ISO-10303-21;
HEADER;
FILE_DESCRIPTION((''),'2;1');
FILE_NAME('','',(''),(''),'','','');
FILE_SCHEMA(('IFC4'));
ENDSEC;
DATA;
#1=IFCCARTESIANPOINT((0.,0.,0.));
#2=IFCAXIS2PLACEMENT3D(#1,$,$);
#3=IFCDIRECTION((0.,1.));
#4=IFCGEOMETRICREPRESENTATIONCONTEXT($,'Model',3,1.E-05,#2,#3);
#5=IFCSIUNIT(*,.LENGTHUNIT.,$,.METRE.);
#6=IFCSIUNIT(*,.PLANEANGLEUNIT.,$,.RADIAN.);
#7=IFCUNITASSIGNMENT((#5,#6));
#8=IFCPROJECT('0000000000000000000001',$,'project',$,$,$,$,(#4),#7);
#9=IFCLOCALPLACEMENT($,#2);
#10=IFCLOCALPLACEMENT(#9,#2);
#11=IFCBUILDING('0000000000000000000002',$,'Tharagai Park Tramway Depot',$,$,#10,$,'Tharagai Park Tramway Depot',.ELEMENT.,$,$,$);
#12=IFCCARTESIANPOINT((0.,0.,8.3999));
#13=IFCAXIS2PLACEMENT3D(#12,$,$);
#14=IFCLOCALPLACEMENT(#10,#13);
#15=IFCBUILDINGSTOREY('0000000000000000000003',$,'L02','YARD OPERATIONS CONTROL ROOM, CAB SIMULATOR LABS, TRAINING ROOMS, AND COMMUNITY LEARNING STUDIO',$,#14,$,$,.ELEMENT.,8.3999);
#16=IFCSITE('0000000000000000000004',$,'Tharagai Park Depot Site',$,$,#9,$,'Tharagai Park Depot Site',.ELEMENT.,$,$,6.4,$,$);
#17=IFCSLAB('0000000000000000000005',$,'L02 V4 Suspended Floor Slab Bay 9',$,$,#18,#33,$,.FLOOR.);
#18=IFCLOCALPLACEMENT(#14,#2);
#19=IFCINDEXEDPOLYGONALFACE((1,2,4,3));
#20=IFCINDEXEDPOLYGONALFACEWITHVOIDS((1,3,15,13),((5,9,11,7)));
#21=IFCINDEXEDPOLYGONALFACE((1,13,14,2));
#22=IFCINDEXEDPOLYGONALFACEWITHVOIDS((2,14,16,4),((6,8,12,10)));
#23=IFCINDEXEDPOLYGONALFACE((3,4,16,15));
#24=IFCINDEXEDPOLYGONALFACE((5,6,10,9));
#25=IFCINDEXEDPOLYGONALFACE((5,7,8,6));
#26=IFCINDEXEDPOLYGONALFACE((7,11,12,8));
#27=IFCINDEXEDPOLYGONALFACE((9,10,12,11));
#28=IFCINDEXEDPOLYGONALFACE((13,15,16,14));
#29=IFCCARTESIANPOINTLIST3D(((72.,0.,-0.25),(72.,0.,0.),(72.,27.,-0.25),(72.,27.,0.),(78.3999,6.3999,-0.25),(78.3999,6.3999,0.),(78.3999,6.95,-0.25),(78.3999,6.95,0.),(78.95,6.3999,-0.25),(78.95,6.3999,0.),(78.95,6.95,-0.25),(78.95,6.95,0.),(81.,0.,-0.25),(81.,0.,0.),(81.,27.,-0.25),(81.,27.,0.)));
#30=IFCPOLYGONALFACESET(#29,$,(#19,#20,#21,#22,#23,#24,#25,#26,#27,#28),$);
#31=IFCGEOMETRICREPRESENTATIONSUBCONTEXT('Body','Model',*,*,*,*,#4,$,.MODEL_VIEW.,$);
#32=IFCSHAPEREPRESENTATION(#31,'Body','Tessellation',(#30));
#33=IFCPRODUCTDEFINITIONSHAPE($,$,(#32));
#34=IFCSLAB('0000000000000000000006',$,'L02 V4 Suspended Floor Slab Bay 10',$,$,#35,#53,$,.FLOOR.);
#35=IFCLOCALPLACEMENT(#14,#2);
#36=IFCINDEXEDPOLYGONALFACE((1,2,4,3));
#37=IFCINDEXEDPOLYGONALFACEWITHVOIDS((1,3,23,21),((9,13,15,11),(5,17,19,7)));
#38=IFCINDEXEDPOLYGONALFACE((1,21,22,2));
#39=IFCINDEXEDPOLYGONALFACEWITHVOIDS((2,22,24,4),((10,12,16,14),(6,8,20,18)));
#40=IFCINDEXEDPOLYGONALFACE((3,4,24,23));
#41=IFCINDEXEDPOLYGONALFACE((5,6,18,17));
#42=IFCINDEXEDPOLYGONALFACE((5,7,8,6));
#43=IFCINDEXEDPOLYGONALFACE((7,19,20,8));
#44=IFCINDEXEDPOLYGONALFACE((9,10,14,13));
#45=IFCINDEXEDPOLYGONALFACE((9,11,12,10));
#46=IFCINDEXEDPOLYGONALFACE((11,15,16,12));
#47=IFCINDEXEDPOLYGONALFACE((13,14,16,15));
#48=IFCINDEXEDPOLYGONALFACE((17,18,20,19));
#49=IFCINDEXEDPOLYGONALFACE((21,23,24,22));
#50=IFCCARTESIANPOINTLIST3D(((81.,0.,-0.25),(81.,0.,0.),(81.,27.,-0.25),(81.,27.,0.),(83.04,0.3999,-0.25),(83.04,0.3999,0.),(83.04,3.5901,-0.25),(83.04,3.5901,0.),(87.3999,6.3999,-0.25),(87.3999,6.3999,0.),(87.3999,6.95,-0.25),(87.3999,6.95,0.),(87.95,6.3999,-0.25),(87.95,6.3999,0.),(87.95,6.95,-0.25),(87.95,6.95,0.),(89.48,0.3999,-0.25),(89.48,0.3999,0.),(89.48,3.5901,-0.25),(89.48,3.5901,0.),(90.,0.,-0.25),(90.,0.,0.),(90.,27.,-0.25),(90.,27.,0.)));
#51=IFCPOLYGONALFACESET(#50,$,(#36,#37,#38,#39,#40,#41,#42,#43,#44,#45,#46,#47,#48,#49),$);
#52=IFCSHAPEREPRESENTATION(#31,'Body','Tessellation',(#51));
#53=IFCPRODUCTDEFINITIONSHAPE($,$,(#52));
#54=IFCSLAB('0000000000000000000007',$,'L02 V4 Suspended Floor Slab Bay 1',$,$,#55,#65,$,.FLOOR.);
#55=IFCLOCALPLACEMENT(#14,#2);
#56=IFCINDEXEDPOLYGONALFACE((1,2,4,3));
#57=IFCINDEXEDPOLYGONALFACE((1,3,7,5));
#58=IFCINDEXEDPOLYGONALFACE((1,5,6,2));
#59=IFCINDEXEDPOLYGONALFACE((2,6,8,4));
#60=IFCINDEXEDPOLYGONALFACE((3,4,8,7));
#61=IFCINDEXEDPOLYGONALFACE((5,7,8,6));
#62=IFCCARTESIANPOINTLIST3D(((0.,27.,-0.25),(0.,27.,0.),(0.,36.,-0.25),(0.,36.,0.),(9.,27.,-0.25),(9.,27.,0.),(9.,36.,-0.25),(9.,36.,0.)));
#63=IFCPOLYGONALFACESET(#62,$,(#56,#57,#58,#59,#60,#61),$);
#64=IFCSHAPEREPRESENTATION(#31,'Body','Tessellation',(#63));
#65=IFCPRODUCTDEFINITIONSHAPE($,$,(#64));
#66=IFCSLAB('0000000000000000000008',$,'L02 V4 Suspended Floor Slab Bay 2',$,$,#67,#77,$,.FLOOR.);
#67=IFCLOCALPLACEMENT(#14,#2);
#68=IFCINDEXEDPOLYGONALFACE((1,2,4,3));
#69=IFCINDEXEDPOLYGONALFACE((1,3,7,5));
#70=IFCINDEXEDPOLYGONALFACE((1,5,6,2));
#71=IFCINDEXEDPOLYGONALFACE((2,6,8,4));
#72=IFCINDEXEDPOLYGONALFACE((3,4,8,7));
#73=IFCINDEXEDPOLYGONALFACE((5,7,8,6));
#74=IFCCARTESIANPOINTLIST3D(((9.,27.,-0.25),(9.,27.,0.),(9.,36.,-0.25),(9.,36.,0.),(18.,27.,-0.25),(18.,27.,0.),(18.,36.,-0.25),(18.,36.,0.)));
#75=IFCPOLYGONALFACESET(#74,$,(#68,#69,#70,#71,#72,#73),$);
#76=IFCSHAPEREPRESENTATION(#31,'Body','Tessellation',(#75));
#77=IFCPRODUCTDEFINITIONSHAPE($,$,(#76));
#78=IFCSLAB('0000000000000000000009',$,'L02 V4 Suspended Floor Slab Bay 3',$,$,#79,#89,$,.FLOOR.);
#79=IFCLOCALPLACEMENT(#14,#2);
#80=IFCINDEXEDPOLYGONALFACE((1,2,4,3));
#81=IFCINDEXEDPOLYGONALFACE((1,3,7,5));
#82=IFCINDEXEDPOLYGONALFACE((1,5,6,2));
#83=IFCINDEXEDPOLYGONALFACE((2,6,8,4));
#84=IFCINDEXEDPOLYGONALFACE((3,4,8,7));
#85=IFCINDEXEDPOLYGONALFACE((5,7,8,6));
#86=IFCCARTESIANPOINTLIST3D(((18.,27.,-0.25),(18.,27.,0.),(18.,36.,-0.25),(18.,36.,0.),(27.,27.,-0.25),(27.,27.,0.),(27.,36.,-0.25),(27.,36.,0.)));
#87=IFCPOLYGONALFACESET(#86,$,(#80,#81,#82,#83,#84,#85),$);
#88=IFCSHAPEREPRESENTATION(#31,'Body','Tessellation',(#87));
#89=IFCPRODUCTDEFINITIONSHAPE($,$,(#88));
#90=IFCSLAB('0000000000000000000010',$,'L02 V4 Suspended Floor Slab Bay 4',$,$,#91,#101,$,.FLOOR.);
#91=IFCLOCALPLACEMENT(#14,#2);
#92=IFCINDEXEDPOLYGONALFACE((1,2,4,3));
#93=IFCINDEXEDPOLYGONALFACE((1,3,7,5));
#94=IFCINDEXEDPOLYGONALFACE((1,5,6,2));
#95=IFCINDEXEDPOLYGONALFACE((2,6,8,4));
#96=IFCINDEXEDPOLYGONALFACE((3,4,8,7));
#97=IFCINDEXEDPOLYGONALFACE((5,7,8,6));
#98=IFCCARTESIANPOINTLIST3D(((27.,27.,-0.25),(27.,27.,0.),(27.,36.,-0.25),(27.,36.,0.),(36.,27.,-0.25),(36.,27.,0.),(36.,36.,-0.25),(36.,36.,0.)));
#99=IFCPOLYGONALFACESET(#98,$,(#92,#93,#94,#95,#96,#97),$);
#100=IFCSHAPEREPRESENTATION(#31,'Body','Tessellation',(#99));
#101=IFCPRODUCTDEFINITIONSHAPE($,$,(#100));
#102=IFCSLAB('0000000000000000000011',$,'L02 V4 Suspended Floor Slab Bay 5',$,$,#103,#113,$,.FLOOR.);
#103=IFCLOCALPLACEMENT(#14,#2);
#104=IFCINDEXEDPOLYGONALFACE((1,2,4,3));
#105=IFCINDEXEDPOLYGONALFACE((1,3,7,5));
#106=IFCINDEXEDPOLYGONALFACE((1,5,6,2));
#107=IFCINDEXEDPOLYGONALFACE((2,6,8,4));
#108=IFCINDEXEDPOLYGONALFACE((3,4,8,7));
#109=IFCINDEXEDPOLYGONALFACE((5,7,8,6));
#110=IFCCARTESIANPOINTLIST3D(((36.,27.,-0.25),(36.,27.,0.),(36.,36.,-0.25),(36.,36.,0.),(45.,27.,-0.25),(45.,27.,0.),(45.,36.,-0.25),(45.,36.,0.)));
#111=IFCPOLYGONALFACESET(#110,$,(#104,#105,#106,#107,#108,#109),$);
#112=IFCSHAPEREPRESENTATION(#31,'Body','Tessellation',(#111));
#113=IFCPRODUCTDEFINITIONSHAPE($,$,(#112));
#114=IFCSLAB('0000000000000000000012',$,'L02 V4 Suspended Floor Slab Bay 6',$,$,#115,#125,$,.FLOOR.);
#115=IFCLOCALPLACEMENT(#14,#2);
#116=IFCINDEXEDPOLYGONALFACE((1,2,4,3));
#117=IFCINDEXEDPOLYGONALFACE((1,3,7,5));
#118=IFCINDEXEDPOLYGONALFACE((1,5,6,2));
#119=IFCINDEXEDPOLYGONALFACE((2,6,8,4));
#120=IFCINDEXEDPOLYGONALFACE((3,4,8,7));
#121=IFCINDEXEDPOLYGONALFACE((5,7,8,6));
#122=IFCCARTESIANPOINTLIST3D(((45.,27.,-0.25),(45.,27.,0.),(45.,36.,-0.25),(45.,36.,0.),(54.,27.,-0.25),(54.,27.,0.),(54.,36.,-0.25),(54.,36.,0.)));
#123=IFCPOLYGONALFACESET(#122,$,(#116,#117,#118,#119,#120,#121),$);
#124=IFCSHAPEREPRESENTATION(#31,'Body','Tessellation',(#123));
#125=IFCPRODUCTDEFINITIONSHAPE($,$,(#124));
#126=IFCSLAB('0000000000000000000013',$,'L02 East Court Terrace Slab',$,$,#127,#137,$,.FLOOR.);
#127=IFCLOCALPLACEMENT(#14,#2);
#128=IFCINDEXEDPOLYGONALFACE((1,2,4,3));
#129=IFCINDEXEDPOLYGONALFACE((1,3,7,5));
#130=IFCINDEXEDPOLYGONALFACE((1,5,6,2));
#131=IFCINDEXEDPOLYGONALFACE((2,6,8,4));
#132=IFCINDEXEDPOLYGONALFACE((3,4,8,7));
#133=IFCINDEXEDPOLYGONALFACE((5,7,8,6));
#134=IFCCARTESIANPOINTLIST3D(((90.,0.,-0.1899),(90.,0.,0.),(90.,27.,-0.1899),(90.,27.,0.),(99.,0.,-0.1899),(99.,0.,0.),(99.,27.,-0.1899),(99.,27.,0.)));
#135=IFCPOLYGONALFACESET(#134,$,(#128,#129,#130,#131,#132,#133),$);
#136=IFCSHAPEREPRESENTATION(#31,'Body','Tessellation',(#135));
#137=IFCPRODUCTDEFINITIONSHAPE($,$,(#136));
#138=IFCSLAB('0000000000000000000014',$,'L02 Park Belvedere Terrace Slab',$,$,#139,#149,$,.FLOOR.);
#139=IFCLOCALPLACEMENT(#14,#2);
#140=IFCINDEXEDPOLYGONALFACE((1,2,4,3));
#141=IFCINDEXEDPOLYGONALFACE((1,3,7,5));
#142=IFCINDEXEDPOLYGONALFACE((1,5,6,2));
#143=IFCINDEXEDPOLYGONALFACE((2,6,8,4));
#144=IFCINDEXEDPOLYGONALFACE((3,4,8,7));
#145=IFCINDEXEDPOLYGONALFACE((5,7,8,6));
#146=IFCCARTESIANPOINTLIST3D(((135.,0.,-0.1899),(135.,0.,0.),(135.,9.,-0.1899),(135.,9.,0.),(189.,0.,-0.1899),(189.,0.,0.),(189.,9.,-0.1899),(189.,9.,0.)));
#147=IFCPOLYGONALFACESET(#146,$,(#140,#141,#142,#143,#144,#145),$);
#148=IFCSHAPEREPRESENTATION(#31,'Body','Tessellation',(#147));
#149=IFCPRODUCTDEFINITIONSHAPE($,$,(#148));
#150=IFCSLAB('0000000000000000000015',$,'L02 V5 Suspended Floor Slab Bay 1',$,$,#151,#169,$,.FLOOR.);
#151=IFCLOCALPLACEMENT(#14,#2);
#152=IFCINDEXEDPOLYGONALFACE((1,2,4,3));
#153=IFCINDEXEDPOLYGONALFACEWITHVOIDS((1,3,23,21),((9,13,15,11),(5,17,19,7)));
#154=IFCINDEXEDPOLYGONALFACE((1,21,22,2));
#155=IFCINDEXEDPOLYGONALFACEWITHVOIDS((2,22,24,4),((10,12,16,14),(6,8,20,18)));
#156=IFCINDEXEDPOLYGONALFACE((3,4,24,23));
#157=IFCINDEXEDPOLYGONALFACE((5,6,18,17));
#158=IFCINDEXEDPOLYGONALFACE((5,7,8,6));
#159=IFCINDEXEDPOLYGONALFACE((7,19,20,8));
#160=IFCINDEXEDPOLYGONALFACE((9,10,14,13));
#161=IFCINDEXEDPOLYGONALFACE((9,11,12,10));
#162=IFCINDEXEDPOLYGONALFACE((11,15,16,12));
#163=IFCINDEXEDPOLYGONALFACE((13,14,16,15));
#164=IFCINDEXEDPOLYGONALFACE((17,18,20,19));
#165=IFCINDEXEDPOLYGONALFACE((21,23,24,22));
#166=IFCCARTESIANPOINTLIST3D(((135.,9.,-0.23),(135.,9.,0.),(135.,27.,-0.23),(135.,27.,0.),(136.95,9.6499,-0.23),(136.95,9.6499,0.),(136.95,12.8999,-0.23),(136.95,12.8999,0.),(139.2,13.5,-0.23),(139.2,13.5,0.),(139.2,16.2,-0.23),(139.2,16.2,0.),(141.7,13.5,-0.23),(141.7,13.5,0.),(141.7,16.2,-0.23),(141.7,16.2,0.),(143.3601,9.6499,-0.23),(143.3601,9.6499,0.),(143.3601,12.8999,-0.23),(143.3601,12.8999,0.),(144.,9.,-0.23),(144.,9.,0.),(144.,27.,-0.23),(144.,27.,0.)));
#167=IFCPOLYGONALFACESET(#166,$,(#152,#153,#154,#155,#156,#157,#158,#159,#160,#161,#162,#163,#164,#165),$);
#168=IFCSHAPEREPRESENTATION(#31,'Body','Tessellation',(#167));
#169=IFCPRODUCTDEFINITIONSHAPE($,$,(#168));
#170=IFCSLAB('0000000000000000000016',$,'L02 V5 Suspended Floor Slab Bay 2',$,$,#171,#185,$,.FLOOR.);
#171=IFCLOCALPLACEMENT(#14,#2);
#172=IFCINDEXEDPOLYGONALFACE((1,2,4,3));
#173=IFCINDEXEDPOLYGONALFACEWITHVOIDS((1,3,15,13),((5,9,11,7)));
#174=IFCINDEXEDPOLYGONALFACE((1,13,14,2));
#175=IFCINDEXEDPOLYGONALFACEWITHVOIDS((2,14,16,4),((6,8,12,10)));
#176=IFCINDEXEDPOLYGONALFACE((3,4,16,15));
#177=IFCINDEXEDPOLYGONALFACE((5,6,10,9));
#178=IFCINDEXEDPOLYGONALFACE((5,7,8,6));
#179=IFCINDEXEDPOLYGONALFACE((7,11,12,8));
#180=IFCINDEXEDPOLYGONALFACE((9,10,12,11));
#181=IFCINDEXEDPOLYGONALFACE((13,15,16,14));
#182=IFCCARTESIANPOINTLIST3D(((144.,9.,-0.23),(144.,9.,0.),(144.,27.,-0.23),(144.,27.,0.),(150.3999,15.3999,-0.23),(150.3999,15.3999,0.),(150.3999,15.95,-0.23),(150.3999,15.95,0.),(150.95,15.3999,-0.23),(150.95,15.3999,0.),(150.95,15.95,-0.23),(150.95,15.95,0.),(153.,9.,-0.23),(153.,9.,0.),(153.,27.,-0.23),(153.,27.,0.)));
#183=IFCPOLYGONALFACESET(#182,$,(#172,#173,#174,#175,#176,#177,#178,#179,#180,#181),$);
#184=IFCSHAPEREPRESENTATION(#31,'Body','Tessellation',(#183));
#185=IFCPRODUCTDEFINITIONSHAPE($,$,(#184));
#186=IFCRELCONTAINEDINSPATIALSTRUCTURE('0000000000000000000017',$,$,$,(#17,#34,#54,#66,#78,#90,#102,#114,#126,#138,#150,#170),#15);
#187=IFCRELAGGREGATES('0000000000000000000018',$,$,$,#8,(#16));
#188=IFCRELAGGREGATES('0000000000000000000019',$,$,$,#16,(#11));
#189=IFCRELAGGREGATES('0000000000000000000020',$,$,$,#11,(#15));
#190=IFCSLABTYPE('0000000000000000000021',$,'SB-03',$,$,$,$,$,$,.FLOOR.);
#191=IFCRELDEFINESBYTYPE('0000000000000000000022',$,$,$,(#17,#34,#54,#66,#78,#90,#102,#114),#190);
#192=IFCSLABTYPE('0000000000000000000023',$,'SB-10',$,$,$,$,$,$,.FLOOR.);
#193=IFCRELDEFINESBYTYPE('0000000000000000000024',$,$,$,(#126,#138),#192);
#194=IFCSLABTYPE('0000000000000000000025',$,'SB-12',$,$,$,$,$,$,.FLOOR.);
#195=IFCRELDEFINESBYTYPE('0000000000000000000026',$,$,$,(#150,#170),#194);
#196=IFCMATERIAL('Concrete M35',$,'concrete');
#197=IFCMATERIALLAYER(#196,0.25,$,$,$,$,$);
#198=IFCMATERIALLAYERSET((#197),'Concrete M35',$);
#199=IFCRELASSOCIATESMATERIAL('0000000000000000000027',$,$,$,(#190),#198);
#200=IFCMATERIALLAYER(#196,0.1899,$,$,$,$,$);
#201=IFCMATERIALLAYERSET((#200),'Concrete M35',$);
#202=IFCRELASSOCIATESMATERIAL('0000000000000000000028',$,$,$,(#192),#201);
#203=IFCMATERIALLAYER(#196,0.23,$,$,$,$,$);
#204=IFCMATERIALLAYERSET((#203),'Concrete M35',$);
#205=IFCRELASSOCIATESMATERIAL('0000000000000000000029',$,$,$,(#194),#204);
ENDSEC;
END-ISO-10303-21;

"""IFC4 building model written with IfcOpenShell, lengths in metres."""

from ifc_helpers import new_model, si_unit, direction, frame, origin, place, context, subcontext, project, spatial, polyline, outline, extrude, material, layer, layer_set, type_object, element, save


model = new_model("IFC4")

# Units and contexts
model_context = context("Model", 3, precision=1e-05, world=origin(), true_north=direction((0.0, 1.0)))
body_context = subcontext(model_context, "Body", "Model", "MODEL_VIEW")
ifc_project = project(units=[si_unit("LENGTHUNIT", "METRE"), si_unit("PLANEANGLEUNIT", "RADIAN")], contexts=[model_context])

# Site, building, storey
site_placement = place(None, origin())
site = spatial("IfcSite", under=ifc_project, at=site_placement, Name="Tharagai Park Depot Site", LongName="Tharagai Park Depot Site", CompositionType="ELEMENT", RefElevation=6.4)
building_placement = place(site_placement, origin())
building = spatial("IfcBuilding", under=site, at=building_placement, Name="Tharagai Park Tramway Depot", LongName="Tharagai Park Tramway Depot", CompositionType="ELEMENT")
storey_placement = place(building_placement, frame((0.0, 0.0, 8.3999)))
storey = spatial("IfcBuildingStorey", under=building, at=storey_placement, Name="L02", Description="YARD OPERATIONS CONTROL ROOM, CAB SIMULATOR LABS, TRAINING ROOMS, AND COMMUNITY LEARNING STUDIO", CompositionType="ELEMENT", Elevation=8.3999)

# Slabs
ifc_material_1 = material(Name="Concrete M35", Category="concrete")
ifc_layer_1 = layer(ifc_material_1, 0.25)
ifc_layer_set_1 = layer_set([ifc_layer_1], Name="Concrete M35")
slab_type_1 = type_object("IfcSlabType", Name="SB-03", PredefinedType="FLOOR", material=ifc_layer_set_1)
slab_1_placement = place(storey_placement, frame((0.0, 0.0, -0.25)))
element("IfcSlab", 1, at=slab_1_placement, inside=storey, type_object=slab_type_1, Name="L02 V4 Suspended Floor Slab Bay 9", PredefinedType="FLOOR", context=body_context, shape_type="SweptSolid", body=[
    extrude(outline(polyline([(72.0, 0.0), (81.0, 0.0), (81.0, 27.0), (72.0, 27.0), (72.0, 0.0)]), holes=[polyline([(78.3999, 6.3999), (78.95, 6.3999), (78.95, 6.95), (78.3999, 6.95), (78.3999, 6.3999)])]), origin(), (0.0, 0.0, 1.0), 0.25),
])
slab_2_placement = place(storey_placement, frame((0.0, 0.0, -0.25)))
element("IfcSlab", 2, at=slab_2_placement, inside=storey, type_object=slab_type_1, Name="L02 V4 Suspended Floor Slab Bay 10", PredefinedType="FLOOR", context=body_context, shape_type="SweptSolid", body=[
    extrude(outline(polyline([(81.0, 0.0), (90.0, 0.0), (90.0, 27.0), (81.0, 27.0), (81.0, 0.0)]), holes=[polyline([(83.04, 0.3999), (89.48, 0.3999), (89.48, 3.5901), (83.04, 3.5901), (83.04, 0.3999)]), polyline([(87.3999, 6.3999), (87.95, 6.3999), (87.95, 6.95), (87.3999, 6.95), (87.3999, 6.3999)])]), origin(), (0.0, 0.0, 1.0), 0.25),
])
slab_3_placement = place(storey_placement, frame((0.0, 0.0, -0.25)))
element("IfcSlab", 3, at=slab_3_placement, inside=storey, type_object=slab_type_1, Name="L02 V4 Suspended Floor Slab Bay 1", PredefinedType="FLOOR", context=body_context, shape_type="SweptSolid", body=[
    extrude(outline(polyline([(0.0, 27.0), (9.0, 27.0), (9.0, 36.0), (0.0, 36.0), (0.0, 27.0)])), origin(), (0.0, 0.0, 1.0), 0.25),
])
slab_4_placement = place(storey_placement, frame((0.0, 0.0, -0.25)))
element("IfcSlab", 4, at=slab_4_placement, inside=storey, type_object=slab_type_1, Name="L02 V4 Suspended Floor Slab Bay 2", PredefinedType="FLOOR", context=body_context, shape_type="SweptSolid", body=[
    extrude(outline(polyline([(9.0, 27.0), (18.0, 27.0), (18.0, 36.0), (9.0, 36.0), (9.0, 27.0)])), origin(), (0.0, 0.0, 1.0), 0.25),
])
slab_5_placement = place(storey_placement, frame((0.0, 0.0, -0.25)))
element("IfcSlab", 5, at=slab_5_placement, inside=storey, type_object=slab_type_1, Name="L02 V4 Suspended Floor Slab Bay 3", PredefinedType="FLOOR", context=body_context, shape_type="SweptSolid", body=[
    extrude(outline(polyline([(18.0, 27.0), (27.0, 27.0), (27.0, 36.0), (18.0, 36.0), (18.0, 27.0)])), origin(), (0.0, 0.0, 1.0), 0.25),
])
slab_6_placement = place(storey_placement, frame((0.0, 0.0, -0.25)))
element("IfcSlab", 6, at=slab_6_placement, inside=storey, type_object=slab_type_1, Name="L02 V4 Suspended Floor Slab Bay 4", PredefinedType="FLOOR", context=body_context, shape_type="SweptSolid", body=[
    extrude(outline(polyline([(27.0, 27.0), (36.0, 27.0), (36.0, 36.0), (27.0, 36.0), (27.0, 27.0)])), origin(), (0.0, 0.0, 1.0), 0.25),
])
slab_7_placement = place(storey_placement, frame((0.0, 0.0, -0.25)))
element("IfcSlab", 7, at=slab_7_placement, inside=storey, type_object=slab_type_1, Name="L02 V4 Suspended Floor Slab Bay 5", PredefinedType="FLOOR", context=body_context, shape_type="SweptSolid", body=[
    extrude(outline(polyline([(36.0, 27.0), (45.0, 27.0), (45.0, 36.0), (36.0, 36.0), (36.0, 27.0)])), origin(), (0.0, 0.0, 1.0), 0.25),
])
slab_8_placement = place(storey_placement, frame((0.0, 0.0, -0.25)))
element("IfcSlab", 8, at=slab_8_placement, inside=storey, type_object=slab_type_1, Name="L02 V4 Suspended Floor Slab Bay 6", PredefinedType="FLOOR", context=body_context, shape_type="SweptSolid", body=[
    extrude(outline(polyline([(45.0, 27.0), (54.0, 27.0), (54.0, 36.0), (45.0, 36.0), (45.0, 27.0)])), origin(), (0.0, 0.0, 1.0), 0.25),
])
ifc_layer_2 = layer(ifc_material_1, 0.1899)
ifc_layer_set_2 = layer_set([ifc_layer_2], Name="Concrete M35")
slab_type_2 = type_object("IfcSlabType", Name="SB-10", PredefinedType="FLOOR", material=ifc_layer_set_2)
slab_9_placement = place(storey_placement, frame((0.0, 0.0, -0.1899)))
element("IfcSlab", 9, at=slab_9_placement, inside=storey, type_object=slab_type_2, Name="L02 East Court Terrace Slab", PredefinedType="FLOOR", context=body_context, shape_type="SweptSolid", body=[
    extrude(outline(polyline([(90.0, 0.0), (99.0, 0.0), (99.0, 27.0), (90.0, 27.0), (90.0, 0.0)])), origin(), (0.0, 0.0, 1.0), 0.1899),
])
slab_10_placement = place(storey_placement, frame((0.0, 0.0, -0.1899)))
element("IfcSlab", 10, at=slab_10_placement, inside=storey, type_object=slab_type_2, Name="L02 Park Belvedere Terrace Slab", PredefinedType="FLOOR", context=body_context, shape_type="SweptSolid", body=[
    extrude(outline(polyline([(135.0, 0.0), (189.0, 0.0), (189.0, 9.0), (135.0, 9.0), (135.0, 0.0)])), origin(), (0.0, 0.0, 1.0), 0.1899),
])
ifc_layer_3 = layer(ifc_material_1, 0.23)
ifc_layer_set_3 = layer_set([ifc_layer_3], Name="Concrete M35")
slab_type_3 = type_object("IfcSlabType", Name="SB-12", PredefinedType="FLOOR", material=ifc_layer_set_3)
slab_11_placement = place(storey_placement, frame((0.0, 0.0, -0.23)))
element("IfcSlab", 11, at=slab_11_placement, inside=storey, type_object=slab_type_3, Name="L02 V5 Suspended Floor Slab Bay 1", PredefinedType="FLOOR", context=body_context, shape_type="SweptSolid", body=[
    extrude(outline(polyline([(135.0, 9.0), (144.0, 9.0), (144.0, 27.0), (135.0, 27.0), (135.0, 9.0)]), holes=[polyline([(136.95, 9.6499), (143.3601, 9.6499), (143.3601, 12.8999), (136.95, 12.8999), (136.95, 9.6499)]), polyline([(139.2, 13.5), (141.7, 13.5), (141.7, 16.2), (139.2, 16.2), (139.2, 13.5)])]), origin(), (0.0, 0.0, 1.0), 0.23),
])
slab_12_placement = place(storey_placement, frame((0.0, 0.0, -0.23)))
element("IfcSlab", 12, at=slab_12_placement, inside=storey, type_object=slab_type_3, Name="L02 V5 Suspended Floor Slab Bay 2", PredefinedType="FLOOR", context=body_context, shape_type="SweptSolid", body=[
    extrude(outline(polyline([(144.0, 9.0), (153.0, 9.0), (153.0, 27.0), (144.0, 27.0), (144.0, 9.0)]), holes=[polyline([(150.3999, 15.3999), (150.95, 15.3999), (150.95, 15.95), (150.3999, 15.95), (150.3999, 15.3999)])]), origin(), (0.0, 0.0, 1.0), 0.23),
])

save(model, "model.ifc")
